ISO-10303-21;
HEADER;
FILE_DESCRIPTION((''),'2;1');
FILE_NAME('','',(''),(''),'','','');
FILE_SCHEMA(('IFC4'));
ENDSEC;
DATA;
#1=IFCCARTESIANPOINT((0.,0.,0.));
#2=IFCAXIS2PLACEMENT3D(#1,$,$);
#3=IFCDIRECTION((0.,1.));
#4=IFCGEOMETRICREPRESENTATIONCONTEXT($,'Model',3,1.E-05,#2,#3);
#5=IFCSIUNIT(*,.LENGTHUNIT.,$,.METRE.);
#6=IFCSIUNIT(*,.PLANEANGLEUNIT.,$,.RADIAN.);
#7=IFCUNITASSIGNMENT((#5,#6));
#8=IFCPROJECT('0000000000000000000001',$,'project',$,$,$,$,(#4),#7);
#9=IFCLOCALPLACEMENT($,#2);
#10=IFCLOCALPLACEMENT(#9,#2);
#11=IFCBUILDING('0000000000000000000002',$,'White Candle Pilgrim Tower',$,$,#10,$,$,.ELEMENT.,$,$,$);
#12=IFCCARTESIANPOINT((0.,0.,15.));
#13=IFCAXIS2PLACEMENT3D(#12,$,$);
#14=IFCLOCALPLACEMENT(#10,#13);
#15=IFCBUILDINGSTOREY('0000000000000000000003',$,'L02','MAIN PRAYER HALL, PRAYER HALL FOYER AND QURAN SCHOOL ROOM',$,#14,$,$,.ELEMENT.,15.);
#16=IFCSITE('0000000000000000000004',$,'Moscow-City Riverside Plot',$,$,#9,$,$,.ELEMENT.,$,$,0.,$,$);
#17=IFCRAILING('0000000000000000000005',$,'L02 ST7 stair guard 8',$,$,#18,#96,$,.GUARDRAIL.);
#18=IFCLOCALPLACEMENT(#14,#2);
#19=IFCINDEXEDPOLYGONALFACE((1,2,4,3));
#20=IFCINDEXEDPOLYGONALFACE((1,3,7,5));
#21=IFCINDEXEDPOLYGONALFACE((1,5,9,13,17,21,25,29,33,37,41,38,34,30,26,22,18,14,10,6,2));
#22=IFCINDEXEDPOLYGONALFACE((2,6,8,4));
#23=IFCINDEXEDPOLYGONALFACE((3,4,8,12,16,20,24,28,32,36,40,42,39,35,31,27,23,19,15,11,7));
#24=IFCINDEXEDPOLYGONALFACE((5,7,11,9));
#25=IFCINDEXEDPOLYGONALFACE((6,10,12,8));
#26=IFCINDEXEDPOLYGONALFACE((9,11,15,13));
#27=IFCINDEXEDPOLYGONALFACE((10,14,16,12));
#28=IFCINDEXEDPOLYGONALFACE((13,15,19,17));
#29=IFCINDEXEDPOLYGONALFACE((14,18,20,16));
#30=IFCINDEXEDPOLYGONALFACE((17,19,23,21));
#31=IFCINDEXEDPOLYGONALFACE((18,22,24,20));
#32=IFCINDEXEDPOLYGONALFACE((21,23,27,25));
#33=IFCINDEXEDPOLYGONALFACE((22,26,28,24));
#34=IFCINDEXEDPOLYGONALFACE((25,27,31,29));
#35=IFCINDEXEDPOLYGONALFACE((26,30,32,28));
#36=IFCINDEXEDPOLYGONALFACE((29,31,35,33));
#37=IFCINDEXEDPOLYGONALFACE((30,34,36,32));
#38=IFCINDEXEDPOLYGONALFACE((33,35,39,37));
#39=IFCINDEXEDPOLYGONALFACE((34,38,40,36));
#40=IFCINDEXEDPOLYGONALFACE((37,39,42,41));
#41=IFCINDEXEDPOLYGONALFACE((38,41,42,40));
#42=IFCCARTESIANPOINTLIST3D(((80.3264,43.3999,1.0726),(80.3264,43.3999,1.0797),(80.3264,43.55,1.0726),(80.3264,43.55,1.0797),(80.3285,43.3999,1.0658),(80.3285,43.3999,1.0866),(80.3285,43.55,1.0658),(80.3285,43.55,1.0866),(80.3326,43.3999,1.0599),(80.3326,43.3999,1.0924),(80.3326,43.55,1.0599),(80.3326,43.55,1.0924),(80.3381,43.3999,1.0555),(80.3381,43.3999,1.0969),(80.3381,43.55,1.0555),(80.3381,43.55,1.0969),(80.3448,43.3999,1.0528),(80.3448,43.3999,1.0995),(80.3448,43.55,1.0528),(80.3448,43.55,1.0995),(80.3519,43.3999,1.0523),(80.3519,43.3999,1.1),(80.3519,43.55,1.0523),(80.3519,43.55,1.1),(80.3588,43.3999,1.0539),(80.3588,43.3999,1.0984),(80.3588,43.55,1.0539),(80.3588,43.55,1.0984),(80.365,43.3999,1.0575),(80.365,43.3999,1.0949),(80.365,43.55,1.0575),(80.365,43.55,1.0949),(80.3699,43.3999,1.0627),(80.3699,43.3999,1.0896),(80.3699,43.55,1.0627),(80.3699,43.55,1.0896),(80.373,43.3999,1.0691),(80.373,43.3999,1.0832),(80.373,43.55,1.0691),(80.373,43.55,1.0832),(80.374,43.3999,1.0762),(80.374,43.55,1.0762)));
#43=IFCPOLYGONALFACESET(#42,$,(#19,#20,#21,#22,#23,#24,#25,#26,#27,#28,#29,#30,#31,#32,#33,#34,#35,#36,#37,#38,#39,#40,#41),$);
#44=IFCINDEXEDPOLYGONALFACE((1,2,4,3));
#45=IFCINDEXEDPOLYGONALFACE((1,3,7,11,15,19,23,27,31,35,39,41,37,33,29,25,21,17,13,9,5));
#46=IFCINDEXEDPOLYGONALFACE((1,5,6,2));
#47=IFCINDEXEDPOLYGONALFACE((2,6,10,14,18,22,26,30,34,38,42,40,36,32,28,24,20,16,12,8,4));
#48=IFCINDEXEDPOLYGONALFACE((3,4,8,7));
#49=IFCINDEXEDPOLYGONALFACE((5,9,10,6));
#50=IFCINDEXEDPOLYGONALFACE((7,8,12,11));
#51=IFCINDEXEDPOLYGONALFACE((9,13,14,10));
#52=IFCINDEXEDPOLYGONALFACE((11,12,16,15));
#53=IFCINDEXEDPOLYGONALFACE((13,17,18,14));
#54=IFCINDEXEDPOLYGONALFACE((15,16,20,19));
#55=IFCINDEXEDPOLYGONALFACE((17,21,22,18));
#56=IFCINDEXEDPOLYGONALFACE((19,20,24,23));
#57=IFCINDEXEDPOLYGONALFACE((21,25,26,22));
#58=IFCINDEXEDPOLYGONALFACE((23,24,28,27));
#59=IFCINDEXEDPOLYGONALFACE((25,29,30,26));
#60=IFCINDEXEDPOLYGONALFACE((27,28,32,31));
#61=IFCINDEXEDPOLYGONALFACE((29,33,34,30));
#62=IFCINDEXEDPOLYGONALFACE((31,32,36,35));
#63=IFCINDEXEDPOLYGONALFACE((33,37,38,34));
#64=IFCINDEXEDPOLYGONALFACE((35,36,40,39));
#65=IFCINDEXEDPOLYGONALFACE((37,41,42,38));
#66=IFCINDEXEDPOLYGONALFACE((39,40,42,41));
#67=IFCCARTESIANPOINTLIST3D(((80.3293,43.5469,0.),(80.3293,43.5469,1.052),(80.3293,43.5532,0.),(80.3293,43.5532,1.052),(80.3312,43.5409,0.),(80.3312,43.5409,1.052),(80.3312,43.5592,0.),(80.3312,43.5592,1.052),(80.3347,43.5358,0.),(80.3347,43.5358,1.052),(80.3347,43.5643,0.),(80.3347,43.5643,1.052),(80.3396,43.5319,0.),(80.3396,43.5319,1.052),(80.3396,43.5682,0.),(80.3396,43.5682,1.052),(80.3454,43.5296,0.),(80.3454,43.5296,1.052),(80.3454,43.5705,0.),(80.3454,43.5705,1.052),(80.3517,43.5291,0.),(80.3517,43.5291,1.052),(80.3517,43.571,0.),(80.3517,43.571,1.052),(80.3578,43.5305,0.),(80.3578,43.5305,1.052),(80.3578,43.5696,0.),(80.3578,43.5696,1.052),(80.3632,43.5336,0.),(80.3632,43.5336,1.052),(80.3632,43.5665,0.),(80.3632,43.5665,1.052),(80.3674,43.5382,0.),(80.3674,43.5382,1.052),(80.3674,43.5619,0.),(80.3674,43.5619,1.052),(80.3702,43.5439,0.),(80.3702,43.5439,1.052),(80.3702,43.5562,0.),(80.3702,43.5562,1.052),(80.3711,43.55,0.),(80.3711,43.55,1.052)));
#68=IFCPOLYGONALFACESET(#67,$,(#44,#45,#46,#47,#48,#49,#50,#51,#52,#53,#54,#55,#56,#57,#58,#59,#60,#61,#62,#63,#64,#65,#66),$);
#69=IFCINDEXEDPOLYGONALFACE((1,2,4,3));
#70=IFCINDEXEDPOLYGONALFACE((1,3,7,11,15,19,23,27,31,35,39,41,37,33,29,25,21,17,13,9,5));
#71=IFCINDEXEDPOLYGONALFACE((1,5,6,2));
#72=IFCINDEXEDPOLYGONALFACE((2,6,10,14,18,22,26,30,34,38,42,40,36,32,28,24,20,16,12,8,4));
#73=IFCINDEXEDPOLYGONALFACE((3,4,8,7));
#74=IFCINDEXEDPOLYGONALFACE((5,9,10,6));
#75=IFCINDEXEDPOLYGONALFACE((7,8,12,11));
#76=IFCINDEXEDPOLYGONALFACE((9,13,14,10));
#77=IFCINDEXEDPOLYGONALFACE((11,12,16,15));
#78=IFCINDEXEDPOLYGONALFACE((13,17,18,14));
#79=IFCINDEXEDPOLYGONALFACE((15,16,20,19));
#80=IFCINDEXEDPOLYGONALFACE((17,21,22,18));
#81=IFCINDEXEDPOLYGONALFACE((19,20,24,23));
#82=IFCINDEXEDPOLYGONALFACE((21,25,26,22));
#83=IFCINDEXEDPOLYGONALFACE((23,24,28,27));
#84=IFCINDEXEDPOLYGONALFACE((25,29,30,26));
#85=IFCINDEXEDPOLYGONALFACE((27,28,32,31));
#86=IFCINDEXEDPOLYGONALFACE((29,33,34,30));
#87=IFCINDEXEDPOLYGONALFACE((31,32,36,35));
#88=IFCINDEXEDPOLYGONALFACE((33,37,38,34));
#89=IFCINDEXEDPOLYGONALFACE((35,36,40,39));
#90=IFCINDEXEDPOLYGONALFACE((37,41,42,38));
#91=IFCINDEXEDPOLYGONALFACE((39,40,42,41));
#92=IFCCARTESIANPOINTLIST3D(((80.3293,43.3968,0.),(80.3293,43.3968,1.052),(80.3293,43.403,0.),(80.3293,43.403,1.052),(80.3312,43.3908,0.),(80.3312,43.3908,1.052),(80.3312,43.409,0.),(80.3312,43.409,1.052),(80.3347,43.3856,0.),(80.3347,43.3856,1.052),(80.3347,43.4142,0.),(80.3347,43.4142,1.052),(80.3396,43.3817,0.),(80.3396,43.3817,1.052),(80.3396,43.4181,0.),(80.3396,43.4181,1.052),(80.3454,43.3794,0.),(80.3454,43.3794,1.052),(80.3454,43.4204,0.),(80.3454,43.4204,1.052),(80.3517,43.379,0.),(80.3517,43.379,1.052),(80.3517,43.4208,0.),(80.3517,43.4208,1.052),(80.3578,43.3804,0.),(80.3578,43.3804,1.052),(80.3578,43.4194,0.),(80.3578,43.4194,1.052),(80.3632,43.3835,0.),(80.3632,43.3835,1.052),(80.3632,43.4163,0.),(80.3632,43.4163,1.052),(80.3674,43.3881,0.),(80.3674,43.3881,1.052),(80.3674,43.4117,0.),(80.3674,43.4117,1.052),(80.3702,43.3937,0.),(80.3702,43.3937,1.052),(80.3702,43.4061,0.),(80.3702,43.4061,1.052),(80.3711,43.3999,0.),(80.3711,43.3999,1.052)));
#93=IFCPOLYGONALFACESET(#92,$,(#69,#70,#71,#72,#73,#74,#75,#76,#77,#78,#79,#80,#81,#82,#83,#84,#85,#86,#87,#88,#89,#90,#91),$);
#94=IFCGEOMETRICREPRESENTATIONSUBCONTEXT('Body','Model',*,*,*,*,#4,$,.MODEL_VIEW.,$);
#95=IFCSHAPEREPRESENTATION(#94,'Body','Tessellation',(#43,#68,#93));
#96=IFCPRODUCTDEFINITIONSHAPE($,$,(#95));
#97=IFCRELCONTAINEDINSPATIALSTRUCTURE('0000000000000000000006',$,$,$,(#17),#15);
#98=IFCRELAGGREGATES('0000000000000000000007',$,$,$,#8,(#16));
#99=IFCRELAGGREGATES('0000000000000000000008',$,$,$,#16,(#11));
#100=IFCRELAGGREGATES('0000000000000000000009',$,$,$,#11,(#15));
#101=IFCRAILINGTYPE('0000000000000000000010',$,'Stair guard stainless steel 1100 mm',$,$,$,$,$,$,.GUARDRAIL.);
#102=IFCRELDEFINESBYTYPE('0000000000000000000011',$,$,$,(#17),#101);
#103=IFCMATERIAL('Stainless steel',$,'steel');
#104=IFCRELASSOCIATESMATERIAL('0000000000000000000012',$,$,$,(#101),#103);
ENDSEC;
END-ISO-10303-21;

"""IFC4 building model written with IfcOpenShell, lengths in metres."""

from ifc_helpers import new_model, si_unit, direction, frame, origin, origin_2d, place, context, subcontext, project, spatial, circle, extrude, material, type_object, element, save


model = new_model("IFC4")

# Units and contexts
model_context = context("Model", 3, precision=1e-05, world=origin(), true_north=direction((0.0, 1.0)))
body_context = subcontext(model_context, "Body", "Model", "MODEL_VIEW")
ifc_project = project(units=[si_unit("LENGTHUNIT", "METRE"), si_unit("PLANEANGLEUNIT", "RADIAN")], contexts=[model_context])

# Site, building, storey
site_placement = place(None, origin())
site = spatial("IfcSite", under=ifc_project, at=site_placement, Name="Moscow-City Riverside Plot", CompositionType="ELEMENT", RefElevation=0.0)
building_placement = place(site_placement, origin())
building = spatial("IfcBuilding", under=site, at=building_placement, Name="White Candle Pilgrim Tower", CompositionType="ELEMENT")
storey_placement = place(building_placement, frame((0.0, 0.0, 15.0)))
storey = spatial("IfcBuildingStorey", under=building, at=storey_placement, Name="L02", Description="MAIN PRAYER HALL, PRAYER HALL FOYER AND QURAN SCHOOL ROOM", CompositionType="ELEMENT", Elevation=15.0)

# Railing
ifc_material_1 = material(Name="Stainless steel", Category="steel")
railing_type_1 = type_object("IfcRailingType", Name="Stair guard stainless steel 1100 mm", PredefinedType="GUARDRAIL", material=ifc_material_1)
railing_1_placement = place(storey_placement, frame((80.3501, 43.55, 0.0)))
element("IfcRailing", 1, at=railing_1_placement, inside=storey, type_object=railing_type_1, Name="L02 ST7 stair guard 8", PredefinedType="GUARDRAIL", context=body_context, shape_type="SweptSolid", body=[
    extrude(circle(Radius=0.0239, at=origin_2d()), frame((0.0, 0.0, 1.0762), z_axis=(0.0, -1.0, 0.0), x_axis=(1.0, 0.0, 0.0)), (0.0, 0.0, 1.0), 0.1501),
    extrude(circle(Radius=0.021, at=origin_2d()), origin(), (0.0, 0.0, 1.0), 1.052),
    extrude(circle(Radius=0.021, at=origin_2d()), frame((0.0, -0.1501, 0.0)), (0.0, 0.0, 1.0), 1.052),
])

save(model, "model.ifc")
